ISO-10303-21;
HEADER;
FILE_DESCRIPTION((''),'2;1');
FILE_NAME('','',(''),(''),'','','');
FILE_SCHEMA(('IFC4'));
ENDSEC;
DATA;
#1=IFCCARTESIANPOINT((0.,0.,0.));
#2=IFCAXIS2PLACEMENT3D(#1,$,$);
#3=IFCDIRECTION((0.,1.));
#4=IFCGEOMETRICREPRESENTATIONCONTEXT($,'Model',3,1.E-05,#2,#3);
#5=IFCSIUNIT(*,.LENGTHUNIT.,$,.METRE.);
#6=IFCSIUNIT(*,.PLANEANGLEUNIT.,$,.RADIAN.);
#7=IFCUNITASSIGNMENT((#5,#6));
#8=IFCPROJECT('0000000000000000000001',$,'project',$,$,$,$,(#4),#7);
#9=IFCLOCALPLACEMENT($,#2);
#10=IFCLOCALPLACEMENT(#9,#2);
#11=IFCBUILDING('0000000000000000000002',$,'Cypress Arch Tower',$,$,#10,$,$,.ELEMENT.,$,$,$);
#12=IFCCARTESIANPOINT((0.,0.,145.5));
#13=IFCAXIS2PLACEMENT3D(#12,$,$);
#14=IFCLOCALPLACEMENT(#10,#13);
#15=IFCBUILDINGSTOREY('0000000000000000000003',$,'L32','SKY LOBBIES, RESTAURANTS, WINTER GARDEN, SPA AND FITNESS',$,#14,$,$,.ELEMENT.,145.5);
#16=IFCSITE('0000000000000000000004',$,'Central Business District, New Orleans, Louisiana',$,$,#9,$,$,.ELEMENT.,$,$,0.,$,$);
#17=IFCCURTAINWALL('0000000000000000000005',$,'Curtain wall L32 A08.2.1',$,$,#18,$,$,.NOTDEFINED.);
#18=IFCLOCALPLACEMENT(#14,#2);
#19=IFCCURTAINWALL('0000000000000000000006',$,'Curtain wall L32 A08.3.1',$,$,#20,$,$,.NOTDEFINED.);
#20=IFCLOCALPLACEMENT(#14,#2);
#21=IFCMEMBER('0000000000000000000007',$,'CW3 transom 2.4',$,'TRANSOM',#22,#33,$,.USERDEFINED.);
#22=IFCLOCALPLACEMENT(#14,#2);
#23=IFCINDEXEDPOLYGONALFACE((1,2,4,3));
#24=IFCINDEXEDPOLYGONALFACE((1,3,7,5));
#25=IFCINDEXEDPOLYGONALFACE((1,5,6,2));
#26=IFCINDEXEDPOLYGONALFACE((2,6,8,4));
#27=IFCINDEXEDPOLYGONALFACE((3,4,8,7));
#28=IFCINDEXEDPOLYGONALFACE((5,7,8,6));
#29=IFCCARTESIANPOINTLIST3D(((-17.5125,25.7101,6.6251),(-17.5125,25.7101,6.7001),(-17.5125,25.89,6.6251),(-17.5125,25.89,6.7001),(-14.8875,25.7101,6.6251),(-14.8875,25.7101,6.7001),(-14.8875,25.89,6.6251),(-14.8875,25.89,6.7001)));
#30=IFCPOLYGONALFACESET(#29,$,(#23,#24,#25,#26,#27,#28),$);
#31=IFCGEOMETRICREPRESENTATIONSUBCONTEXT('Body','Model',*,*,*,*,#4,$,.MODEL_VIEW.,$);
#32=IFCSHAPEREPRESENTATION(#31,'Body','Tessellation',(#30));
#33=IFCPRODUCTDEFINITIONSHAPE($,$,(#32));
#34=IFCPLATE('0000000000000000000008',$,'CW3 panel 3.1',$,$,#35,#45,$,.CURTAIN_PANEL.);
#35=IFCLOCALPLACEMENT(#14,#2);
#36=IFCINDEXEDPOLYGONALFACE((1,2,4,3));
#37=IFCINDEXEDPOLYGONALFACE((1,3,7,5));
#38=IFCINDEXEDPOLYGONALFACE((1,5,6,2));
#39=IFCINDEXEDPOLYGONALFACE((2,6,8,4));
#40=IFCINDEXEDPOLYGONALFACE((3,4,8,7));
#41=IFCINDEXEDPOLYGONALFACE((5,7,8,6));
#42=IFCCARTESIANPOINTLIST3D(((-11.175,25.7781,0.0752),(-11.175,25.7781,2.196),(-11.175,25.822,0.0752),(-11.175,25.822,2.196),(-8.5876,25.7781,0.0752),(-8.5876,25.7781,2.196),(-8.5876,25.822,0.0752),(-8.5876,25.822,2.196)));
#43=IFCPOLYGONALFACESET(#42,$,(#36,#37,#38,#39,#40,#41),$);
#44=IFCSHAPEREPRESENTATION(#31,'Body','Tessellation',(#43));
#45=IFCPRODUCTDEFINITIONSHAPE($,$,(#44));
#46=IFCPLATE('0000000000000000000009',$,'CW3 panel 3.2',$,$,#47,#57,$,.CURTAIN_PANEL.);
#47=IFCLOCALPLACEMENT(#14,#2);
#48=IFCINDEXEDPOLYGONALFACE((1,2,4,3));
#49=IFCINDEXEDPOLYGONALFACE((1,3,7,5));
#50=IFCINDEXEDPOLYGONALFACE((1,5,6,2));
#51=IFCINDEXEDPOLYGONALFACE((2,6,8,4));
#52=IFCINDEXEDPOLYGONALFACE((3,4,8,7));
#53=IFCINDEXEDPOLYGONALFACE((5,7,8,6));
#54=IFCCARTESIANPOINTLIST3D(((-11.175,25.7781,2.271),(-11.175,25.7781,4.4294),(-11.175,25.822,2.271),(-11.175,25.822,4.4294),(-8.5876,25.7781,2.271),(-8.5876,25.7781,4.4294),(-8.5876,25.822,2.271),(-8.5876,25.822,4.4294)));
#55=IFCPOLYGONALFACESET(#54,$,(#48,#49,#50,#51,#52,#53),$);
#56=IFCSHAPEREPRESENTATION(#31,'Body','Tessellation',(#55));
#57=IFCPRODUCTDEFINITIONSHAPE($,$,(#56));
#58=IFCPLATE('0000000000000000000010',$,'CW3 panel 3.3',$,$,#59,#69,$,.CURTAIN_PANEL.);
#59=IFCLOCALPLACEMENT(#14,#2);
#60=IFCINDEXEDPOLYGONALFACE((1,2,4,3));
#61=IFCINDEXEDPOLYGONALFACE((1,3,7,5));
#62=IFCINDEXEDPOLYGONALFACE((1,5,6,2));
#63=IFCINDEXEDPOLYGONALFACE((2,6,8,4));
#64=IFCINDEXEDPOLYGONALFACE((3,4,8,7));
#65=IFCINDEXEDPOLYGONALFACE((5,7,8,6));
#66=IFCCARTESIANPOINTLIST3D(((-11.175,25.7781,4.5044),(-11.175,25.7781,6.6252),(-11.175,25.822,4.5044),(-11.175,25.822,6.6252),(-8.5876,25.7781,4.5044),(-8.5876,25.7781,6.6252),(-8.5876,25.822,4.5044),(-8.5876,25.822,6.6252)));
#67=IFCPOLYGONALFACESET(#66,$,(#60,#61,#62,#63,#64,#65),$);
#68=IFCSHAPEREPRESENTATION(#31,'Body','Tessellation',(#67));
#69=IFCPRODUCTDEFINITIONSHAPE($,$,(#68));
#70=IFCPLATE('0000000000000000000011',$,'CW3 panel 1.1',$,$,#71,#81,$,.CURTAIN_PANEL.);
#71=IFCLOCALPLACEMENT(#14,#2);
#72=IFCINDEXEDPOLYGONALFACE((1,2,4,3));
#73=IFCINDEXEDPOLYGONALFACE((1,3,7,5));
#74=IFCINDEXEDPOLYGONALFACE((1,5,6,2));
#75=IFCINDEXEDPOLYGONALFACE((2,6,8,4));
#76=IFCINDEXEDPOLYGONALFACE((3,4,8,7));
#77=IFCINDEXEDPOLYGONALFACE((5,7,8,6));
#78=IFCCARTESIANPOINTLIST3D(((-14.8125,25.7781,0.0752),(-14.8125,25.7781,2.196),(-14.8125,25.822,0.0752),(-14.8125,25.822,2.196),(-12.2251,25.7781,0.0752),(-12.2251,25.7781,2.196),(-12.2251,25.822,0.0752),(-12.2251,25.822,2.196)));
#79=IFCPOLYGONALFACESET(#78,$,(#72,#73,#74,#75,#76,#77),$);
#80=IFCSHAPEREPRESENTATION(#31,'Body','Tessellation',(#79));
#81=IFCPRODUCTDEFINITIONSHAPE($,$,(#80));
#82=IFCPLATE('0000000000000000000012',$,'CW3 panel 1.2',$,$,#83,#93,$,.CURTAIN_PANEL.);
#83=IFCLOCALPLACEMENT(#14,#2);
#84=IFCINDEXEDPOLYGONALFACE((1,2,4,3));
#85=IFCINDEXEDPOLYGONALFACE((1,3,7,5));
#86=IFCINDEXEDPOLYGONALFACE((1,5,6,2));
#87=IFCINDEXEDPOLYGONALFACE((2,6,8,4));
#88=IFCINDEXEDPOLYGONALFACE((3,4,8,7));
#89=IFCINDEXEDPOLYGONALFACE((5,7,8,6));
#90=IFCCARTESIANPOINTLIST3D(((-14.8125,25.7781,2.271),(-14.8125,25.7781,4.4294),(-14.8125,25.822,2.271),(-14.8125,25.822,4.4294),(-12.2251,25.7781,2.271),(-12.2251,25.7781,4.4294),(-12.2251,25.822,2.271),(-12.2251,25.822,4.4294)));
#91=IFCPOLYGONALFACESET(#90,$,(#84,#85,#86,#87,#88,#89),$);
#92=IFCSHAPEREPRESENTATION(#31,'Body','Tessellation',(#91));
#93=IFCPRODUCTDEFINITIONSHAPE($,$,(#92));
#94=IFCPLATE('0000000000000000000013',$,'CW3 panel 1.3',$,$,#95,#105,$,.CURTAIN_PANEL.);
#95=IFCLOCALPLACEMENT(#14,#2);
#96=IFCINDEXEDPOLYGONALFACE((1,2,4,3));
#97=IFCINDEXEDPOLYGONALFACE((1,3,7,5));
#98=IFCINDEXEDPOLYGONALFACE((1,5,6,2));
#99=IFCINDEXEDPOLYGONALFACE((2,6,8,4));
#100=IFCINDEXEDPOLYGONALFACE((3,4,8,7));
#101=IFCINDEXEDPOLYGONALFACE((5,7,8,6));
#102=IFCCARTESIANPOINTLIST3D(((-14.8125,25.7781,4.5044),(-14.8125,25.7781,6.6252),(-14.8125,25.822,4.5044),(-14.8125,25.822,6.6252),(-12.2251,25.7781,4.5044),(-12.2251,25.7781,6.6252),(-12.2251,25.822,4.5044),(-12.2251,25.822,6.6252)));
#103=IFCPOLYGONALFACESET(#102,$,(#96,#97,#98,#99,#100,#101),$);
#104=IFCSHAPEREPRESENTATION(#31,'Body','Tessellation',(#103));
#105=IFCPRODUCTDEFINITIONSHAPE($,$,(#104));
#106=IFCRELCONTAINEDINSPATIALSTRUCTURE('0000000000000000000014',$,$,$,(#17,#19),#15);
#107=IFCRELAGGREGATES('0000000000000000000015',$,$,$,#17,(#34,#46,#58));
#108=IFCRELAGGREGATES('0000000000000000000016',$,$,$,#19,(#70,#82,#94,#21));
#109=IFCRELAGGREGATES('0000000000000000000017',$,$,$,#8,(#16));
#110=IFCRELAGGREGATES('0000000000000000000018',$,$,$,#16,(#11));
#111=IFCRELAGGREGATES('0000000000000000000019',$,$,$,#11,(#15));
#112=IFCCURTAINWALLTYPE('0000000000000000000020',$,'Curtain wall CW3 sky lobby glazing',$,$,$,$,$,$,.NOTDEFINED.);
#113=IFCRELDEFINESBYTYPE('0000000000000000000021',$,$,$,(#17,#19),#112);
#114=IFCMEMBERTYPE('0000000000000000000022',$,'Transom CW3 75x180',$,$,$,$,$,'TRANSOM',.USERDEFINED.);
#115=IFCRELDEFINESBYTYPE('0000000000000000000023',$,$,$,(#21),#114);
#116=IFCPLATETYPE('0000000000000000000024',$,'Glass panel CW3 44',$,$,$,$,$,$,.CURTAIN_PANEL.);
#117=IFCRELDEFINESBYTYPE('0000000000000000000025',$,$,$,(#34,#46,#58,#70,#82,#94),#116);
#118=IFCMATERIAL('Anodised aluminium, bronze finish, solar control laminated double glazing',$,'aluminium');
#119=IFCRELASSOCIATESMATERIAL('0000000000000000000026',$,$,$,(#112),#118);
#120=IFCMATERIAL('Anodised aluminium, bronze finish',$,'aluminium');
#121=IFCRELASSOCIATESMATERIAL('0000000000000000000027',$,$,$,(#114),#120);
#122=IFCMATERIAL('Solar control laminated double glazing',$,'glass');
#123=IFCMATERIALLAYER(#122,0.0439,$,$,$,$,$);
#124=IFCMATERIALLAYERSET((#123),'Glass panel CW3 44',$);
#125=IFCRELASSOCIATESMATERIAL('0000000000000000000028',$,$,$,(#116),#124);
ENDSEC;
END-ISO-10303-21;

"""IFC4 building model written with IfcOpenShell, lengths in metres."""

from ifc_helpers import new_model, si_unit, direction, frame, origin, origin_2d, place, context, subcontext, project, spatial, rectangle, extrude, material, layer, layer_set, material_profile, profile_set, type_object, element, aggregate, save


model = new_model("IFC4")

# Units and contexts
model_context = context("Model", 3, precision=1e-05, world=origin(), true_north=direction((0.0, 1.0)))
body_context = subcontext(model_context, "Body", "Model", "MODEL_VIEW")
ifc_project = project(units=[si_unit("LENGTHUNIT", "METRE"), si_unit("PLANEANGLEUNIT", "RADIAN")], contexts=[model_context])

# Site, building, storey
site_placement = place(None, origin())
site = spatial("IfcSite", under=ifc_project, at=site_placement, Name="Central Business District, New Orleans, Louisiana", CompositionType="ELEMENT", RefElevation=0.0)
building_placement = place(site_placement, origin())
building = spatial("IfcBuilding", under=site, at=building_placement, Name="Cypress Arch Tower", CompositionType="ELEMENT")
storey_placement = place(building_placement, frame((0.0, 0.0, 145.5)))
storey = spatial("IfcBuildingStorey", under=building, at=storey_placement, Name="L32", Description="SKY LOBBIES, RESTAURANTS, WINTER GARDEN, SPA AND FITNESS", CompositionType="ELEMENT", Elevation=145.5)

# Curtain wall
ifc_material_1 = material(Name="Anodised aluminium, bronze finish, solar control laminated double glazing", Category="aluminium")
curtain_wall_type = type_object("IfcCurtainWallType", Name="Curtain wall CW3 sky lobby glazing", PredefinedType="NOTDEFINED", material=ifc_material_1)
curtain_wall_1_placement = place(storey_placement, origin())
curtain_wall_1 = element("IfcCurtainWall", 1, at=curtain_wall_1_placement, inside=storey, type_object=curtain_wall_type, Name="Curtain wall L32 A08.2.1", PredefinedType="NOTDEFINED")

# Curtain wall
curtain_wall_2_placement = place(storey_placement, origin())
curtain_wall_2 = element("IfcCurtainWall", 2, at=curtain_wall_2_placement, inside=storey, type_object=curtain_wall_type, Name="Curtain wall L32 A08.3.1", PredefinedType="NOTDEFINED")

# Member
ifc_material_2 = material(Name="Anodised aluminium, bronze finish", Category="aluminium")
ifc_material_profile_1 = material_profile(ifc_material_2, rectangle(XDim=0.1799, YDim=0.075, at=origin_2d()), Name="Transom 75x180")
ifc_profile_set_1 = profile_set([ifc_material_profile_1], Name="Anodised aluminium, bronze finish")
member_type_1 = type_object("IfcMemberType", Name="Transom CW3 75x180", ElementType="TRANSOM", PredefinedType="USERDEFINED", material=ifc_profile_set_1)
member_1_placement = place(storey_placement, frame((-14.8875, 25.8, 6.6626), z_axis=(-1.0, 0.0, 0.0), x_axis=(0.0, -1.0, 0.0)))
member_1 = element("IfcMember", 3, at=member_1_placement, type_object=member_type_1, Name="CW3 transom 2.4", ObjectType="TRANSOM", PredefinedType="USERDEFINED", context=body_context, shape_type="SweptSolid", body=[
    extrude(rectangle(XDim=0.1799, YDim=0.075, at=origin_2d()), origin(), (0.0, 0.0, 1.0), 2.625),
])

# Plates
ifc_material_3 = material(Name="Solar control laminated double glazing", Category="glass")
ifc_layer = layer(ifc_material_3, 0.0439)
ifc_layer_set = layer_set([ifc_layer], Name="Glass panel CW3 44")
plate_type = type_object("IfcPlateType", Name="Glass panel CW3 44", PredefinedType="CURTAIN_PANEL", material=ifc_layer_set)
plate_1_placement = place(storey_placement, frame((-9.8813, 25.8, 0.0752), z_axis=(0.0, 0.0, 1.0), x_axis=(-1.0, 0.0, 0.0)))
plate_1 = element("IfcPlate", 4, at=plate_1_placement, type_object=plate_type, Name="CW3 panel 3.1", PredefinedType="CURTAIN_PANEL", context=body_context, shape_type="SweptSolid", body=[
    extrude(rectangle(XDim=2.5874, YDim=0.0439, at=origin_2d()), origin(), (0.0, 0.0, 1.0), 2.1208),
])
plate_2_placement = place(storey_placement, frame((-9.8813, 25.8, 2.271), z_axis=(0.0, 0.0, 1.0), x_axis=(-1.0, 0.0, 0.0)))
plate_2 = element("IfcPlate", 5, at=plate_2_placement, type_object=plate_type, Name="CW3 panel 3.2", PredefinedType="CURTAIN_PANEL", context=body_context, shape_type="SweptSolid", body=[
    extrude(rectangle(XDim=2.5874, YDim=0.0439, at=origin_2d()), origin(), (0.0, 0.0, 1.0), 2.1584),
])
plate_3_placement = place(storey_placement, frame((-9.8813, 25.8, 4.5044), z_axis=(0.0, 0.0, 1.0), x_axis=(-1.0, 0.0, 0.0)))
plate_3 = element("IfcPlate", 6, at=plate_3_placement, type_object=plate_type, Name="CW3 panel 3.3", PredefinedType="CURTAIN_PANEL", context=body_context, shape_type="SweptSolid", body=[
    extrude(rectangle(XDim=2.5874, YDim=0.0439, at=origin_2d()), origin(), (0.0, 0.0, 1.0), 2.1208),
])
aggregate(curtain_wall_1, [plate_1, plate_2, plate_3])
plate_4_placement = place(storey_placement, frame((-13.5188, 25.8, 0.0752), z_axis=(0.0, 0.0, 1.0), x_axis=(-1.0, 0.0, 0.0)))
plate_4 = element("IfcPlate", 7, at=plate_4_placement, type_object=plate_type, Name="CW3 panel 1.1", PredefinedType="CURTAIN_PANEL", context=body_context, shape_type="SweptSolid", body=[
    extrude(rectangle(XDim=2.5874, YDim=0.0439, at=origin_2d()), origin(), (0.0, 0.0, 1.0), 2.1208),
])
plate_5_placement = place(storey_placement, frame((-13.5188, 25.8, 2.271), z_axis=(0.0, 0.0, 1.0), x_axis=(-1.0, 0.0, 0.0)))
plate_5 = element("IfcPlate", 8, at=plate_5_placement, type_object=plate_type, Name="CW3 panel 1.2", PredefinedType="CURTAIN_PANEL", context=body_context, shape_type="SweptSolid", body=[
    extrude(rectangle(XDim=2.5874, YDim=0.0439, at=origin_2d()), origin(), (0.0, 0.0, 1.0), 2.1584),
])
plate_6_placement = place(storey_placement, frame((-13.5188, 25.8, 4.5044), z_axis=(0.0, 0.0, 1.0), x_axis=(-1.0, 0.0, 0.0)))
plate_6 = element("IfcPlate", 9, at=plate_6_placement, type_object=plate_type, Name="CW3 panel 1.3", PredefinedType="CURTAIN_PANEL", context=body_context, shape_type="SweptSolid", body=[
    extrude(rectangle(XDim=2.5874, YDim=0.0439, at=origin_2d()), origin(), (0.0, 0.0, 1.0), 2.1208),
])
aggregate(curtain_wall_2, [plate_4, plate_5, plate_6, member_1])

save(model, "model.ifc")
